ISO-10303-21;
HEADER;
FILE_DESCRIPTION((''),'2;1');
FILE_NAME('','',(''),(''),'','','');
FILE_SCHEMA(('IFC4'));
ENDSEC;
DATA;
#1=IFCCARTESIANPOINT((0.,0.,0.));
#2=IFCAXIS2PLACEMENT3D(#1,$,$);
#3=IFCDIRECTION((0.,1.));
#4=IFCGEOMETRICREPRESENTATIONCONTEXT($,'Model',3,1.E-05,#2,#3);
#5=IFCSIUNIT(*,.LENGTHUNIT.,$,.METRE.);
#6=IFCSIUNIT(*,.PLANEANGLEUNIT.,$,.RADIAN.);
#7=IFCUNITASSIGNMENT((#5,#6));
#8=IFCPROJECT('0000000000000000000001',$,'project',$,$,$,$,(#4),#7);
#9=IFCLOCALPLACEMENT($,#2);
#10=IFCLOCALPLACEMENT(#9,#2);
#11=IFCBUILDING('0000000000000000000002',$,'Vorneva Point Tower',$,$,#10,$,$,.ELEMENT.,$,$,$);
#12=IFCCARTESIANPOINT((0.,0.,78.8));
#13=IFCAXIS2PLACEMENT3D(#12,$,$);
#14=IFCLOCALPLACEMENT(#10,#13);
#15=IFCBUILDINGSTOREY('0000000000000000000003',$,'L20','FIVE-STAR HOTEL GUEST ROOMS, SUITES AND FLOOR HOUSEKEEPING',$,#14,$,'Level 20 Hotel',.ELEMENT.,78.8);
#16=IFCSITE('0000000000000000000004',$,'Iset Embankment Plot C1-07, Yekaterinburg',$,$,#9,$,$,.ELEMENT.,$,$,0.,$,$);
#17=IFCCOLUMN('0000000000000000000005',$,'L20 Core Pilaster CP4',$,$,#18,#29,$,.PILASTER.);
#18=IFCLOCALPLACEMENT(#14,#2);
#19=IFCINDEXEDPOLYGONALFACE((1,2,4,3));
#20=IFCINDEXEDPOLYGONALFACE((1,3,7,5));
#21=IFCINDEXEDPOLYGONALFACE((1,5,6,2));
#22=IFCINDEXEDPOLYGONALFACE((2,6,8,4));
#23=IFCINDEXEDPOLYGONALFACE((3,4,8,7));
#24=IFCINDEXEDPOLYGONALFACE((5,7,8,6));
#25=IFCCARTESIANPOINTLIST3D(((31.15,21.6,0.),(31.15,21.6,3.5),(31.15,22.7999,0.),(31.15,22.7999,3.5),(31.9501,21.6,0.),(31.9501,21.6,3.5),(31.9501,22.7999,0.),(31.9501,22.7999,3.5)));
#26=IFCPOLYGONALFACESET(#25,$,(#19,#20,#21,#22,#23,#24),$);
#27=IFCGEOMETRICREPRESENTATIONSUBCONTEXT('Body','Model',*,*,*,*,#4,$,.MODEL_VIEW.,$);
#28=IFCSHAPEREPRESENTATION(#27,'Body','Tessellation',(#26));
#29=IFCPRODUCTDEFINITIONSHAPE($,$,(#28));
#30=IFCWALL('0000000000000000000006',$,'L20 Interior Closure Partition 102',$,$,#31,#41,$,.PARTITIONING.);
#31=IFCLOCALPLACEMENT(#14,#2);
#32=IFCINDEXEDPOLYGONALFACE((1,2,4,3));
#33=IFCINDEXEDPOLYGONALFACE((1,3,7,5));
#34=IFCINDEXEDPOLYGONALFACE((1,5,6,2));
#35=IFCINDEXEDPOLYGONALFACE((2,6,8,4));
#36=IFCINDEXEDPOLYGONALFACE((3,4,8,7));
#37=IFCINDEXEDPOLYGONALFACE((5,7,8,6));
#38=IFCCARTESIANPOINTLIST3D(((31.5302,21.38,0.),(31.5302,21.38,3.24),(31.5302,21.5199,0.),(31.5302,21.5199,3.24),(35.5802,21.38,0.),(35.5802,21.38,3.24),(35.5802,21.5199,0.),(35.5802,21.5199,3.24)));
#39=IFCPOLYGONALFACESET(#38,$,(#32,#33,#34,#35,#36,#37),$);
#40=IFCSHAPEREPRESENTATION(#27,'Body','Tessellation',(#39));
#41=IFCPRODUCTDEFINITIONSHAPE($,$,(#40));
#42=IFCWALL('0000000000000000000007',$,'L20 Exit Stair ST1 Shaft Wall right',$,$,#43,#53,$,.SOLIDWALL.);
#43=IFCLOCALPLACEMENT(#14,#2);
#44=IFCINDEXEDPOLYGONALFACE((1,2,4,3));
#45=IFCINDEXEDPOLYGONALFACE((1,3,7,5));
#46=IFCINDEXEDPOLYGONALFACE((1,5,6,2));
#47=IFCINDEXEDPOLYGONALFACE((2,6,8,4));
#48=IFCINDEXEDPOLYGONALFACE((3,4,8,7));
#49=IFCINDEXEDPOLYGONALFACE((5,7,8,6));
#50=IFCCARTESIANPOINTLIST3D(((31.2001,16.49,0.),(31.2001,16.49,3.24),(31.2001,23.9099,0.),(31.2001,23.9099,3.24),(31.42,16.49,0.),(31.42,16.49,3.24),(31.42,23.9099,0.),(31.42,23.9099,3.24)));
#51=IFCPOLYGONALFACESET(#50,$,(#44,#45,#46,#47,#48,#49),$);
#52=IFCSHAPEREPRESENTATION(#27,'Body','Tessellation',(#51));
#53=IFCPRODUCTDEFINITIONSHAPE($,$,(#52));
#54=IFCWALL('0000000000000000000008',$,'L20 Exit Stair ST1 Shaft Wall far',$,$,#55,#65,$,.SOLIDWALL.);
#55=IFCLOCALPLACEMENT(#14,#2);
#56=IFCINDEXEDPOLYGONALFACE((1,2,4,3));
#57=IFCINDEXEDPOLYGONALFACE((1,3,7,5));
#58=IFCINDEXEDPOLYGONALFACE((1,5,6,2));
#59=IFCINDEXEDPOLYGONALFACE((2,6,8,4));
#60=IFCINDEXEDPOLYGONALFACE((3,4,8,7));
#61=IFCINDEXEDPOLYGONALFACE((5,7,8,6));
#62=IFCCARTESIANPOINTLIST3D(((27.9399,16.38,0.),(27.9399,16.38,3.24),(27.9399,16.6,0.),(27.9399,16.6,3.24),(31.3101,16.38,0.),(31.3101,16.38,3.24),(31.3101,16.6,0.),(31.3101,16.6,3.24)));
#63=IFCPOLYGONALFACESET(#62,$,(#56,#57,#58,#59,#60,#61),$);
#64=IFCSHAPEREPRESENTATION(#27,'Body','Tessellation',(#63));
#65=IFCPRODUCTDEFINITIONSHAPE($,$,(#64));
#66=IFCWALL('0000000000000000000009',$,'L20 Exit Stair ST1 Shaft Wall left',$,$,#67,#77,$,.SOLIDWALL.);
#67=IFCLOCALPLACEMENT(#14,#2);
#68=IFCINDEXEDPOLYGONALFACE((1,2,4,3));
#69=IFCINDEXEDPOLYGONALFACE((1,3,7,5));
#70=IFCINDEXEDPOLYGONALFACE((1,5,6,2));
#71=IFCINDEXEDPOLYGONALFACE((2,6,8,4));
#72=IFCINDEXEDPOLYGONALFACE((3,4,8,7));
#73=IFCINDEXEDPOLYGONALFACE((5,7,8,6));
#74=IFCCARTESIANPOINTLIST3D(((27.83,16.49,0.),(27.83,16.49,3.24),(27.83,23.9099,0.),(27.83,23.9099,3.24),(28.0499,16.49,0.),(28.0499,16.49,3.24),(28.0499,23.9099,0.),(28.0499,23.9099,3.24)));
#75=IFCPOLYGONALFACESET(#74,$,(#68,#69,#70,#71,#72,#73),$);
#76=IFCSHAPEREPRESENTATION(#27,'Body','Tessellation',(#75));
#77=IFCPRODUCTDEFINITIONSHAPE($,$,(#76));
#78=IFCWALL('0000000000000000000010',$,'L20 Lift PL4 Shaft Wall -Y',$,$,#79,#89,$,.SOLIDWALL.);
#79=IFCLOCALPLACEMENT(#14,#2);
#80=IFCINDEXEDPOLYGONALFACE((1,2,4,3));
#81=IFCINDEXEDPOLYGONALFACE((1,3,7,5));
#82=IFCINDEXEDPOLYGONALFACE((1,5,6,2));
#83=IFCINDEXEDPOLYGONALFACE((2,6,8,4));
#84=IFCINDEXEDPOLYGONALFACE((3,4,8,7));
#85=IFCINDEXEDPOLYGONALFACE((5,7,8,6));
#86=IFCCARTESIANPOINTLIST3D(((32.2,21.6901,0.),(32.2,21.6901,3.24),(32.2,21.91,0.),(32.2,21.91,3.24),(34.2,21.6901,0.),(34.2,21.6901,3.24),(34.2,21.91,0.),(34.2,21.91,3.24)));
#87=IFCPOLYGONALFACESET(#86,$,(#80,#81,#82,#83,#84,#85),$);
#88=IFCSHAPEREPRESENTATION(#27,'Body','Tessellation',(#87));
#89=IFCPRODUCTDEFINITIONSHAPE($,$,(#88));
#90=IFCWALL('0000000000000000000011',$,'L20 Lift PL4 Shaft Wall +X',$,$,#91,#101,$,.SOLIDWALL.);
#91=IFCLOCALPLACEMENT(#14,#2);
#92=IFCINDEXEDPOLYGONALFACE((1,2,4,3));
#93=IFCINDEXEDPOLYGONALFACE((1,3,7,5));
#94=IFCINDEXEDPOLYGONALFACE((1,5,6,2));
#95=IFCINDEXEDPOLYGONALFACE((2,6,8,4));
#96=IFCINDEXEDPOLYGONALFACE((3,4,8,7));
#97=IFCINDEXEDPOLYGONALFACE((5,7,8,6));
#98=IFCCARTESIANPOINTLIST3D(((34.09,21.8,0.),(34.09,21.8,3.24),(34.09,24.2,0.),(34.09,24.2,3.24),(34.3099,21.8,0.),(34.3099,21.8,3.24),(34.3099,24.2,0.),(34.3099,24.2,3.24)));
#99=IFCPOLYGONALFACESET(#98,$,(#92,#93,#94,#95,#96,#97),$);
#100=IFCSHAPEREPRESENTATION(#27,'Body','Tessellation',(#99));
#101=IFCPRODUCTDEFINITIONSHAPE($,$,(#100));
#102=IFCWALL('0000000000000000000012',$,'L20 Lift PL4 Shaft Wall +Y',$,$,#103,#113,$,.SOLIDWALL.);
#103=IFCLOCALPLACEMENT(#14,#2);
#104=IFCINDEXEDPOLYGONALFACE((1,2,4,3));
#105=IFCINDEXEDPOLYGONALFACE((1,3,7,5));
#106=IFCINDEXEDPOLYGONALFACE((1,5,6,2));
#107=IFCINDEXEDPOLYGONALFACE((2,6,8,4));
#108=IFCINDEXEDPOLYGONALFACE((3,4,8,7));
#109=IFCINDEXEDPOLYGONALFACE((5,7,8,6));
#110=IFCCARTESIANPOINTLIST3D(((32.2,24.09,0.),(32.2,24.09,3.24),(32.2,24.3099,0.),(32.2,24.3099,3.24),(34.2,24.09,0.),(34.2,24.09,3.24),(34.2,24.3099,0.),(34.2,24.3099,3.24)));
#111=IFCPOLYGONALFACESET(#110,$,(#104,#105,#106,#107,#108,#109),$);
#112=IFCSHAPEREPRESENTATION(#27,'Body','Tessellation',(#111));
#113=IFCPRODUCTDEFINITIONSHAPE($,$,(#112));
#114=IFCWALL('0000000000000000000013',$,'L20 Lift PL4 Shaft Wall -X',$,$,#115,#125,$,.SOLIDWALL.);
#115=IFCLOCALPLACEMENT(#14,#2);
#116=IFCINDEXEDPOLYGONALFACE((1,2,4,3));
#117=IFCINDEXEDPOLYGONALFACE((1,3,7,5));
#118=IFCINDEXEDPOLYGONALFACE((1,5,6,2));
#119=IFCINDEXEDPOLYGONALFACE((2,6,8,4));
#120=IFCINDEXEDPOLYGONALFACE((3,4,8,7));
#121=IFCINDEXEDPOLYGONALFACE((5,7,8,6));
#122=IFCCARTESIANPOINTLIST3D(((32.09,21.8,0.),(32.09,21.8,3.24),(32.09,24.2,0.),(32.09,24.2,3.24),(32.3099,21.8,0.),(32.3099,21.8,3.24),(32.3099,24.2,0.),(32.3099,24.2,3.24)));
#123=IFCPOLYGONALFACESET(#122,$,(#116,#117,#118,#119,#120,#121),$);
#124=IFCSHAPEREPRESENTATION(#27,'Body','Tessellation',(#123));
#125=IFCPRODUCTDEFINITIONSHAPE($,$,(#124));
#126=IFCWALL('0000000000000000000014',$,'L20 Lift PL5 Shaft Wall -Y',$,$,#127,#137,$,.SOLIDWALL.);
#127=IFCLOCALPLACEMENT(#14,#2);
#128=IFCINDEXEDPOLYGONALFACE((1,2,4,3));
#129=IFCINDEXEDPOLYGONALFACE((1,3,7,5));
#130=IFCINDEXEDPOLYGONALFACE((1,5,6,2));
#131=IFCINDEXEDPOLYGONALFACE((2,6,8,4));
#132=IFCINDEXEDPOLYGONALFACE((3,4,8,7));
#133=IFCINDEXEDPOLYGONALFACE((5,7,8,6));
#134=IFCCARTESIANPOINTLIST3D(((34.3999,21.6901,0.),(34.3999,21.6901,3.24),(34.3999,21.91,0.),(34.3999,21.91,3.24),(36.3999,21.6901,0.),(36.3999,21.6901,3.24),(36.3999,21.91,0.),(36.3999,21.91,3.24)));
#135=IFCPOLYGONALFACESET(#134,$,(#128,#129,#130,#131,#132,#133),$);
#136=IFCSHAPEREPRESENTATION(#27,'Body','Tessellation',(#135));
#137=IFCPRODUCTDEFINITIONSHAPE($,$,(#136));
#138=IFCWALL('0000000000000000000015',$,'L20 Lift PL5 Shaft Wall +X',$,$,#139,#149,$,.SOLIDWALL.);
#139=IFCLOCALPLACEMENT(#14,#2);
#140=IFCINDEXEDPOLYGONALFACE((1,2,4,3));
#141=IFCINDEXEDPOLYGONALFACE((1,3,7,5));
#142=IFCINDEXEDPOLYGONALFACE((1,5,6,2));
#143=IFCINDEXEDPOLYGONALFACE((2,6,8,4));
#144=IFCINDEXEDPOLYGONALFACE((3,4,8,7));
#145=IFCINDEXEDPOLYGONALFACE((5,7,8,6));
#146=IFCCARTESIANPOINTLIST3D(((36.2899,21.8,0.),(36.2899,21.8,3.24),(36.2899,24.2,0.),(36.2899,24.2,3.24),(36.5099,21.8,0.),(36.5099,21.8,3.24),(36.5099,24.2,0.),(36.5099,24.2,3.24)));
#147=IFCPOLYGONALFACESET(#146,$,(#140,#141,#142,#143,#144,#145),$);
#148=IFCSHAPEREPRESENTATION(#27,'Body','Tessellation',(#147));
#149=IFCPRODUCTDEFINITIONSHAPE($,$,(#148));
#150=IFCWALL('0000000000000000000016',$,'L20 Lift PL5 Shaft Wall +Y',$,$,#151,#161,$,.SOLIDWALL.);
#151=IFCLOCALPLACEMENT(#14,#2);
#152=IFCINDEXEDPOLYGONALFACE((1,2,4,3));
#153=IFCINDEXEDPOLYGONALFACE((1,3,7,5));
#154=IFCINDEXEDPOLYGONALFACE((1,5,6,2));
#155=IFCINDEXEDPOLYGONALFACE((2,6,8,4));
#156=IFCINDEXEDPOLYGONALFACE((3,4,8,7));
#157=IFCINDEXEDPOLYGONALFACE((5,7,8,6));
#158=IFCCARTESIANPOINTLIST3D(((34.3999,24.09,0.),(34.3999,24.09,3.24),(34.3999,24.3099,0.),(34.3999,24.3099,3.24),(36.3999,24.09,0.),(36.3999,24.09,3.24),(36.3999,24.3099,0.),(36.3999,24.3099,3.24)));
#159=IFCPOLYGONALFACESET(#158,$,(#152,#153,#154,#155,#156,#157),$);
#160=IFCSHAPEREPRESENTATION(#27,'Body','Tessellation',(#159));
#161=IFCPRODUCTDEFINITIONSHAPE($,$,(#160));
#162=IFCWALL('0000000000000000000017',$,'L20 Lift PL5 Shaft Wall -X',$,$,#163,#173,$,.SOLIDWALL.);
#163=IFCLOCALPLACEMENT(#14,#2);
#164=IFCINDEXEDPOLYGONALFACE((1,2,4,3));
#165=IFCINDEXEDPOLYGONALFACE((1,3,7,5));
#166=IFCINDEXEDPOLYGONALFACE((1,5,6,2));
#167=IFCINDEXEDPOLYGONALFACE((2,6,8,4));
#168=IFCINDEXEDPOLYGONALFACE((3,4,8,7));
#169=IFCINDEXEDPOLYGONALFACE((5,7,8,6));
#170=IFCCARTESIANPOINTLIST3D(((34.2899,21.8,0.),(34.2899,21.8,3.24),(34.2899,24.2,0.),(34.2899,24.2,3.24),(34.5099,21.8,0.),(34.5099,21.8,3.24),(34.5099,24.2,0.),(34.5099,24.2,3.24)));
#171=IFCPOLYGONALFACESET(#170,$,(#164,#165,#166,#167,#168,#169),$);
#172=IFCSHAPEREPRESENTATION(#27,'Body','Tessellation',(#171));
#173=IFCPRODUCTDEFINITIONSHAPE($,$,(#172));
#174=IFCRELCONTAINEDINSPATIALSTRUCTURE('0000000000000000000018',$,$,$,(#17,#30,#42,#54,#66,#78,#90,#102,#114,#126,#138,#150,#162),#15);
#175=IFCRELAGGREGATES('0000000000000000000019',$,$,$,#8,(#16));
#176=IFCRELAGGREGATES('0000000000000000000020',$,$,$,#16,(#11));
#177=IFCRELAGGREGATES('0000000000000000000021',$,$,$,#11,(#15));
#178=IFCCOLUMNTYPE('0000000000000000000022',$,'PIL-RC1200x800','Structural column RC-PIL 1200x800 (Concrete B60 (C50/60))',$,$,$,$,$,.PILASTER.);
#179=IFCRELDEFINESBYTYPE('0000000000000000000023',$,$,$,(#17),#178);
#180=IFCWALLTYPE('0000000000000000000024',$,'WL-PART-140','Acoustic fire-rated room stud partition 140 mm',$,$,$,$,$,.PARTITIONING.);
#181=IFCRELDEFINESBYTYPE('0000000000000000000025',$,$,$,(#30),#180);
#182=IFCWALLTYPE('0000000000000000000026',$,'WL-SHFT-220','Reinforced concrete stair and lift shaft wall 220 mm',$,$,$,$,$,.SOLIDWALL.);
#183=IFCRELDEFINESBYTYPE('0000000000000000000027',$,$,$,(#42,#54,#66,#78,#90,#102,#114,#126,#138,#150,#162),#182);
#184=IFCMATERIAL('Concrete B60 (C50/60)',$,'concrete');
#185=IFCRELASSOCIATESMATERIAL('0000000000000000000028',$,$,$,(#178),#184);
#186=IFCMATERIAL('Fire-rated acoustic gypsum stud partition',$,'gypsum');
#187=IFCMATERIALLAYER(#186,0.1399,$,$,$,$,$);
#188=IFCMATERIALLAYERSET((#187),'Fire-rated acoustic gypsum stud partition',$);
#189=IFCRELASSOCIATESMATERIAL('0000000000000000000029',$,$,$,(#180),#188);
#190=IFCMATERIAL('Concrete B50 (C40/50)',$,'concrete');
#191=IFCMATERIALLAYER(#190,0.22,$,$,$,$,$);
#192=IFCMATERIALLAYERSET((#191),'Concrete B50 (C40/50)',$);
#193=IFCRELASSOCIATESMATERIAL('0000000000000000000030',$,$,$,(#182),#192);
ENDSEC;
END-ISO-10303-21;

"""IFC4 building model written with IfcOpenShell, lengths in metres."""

from ifc_helpers import new_model, si_unit, direction, frame, frame_2d, origin, origin_2d, place, context, subcontext, project, spatial, rectangle, extrude, material, layer, layer_set, material_profile, profile_set, type_object, element, save


model = new_model("IFC4")

# Units and contexts
model_context = context("Model", 3, precision=1e-05, world=origin(), true_north=direction((0.0, 1.0)))
body_context = subcontext(model_context, "Body", "Model", "MODEL_VIEW")
ifc_project = project(units=[si_unit("LENGTHUNIT", "METRE"), si_unit("PLANEANGLEUNIT", "RADIAN")], contexts=[model_context])

# Site, building, storey
site_placement = place(None, origin())
site = spatial("IfcSite", under=ifc_project, at=site_placement, Name="Iset Embankment Plot C1-07, Yekaterinburg", CompositionType="ELEMENT", RefElevation=0.0)
building_placement = place(site_placement, origin())
building = spatial("IfcBuilding", under=site, at=building_placement, Name="Vorneva Point Tower", CompositionType="ELEMENT")
storey_placement = place(building_placement, frame((0.0, 0.0, 78.8)))
storey = spatial("IfcBuildingStorey", under=building, at=storey_placement, Name="L20", Description="FIVE-STAR HOTEL GUEST ROOMS, SUITES AND FLOOR HOUSEKEEPING", LongName="Level 20 Hotel", CompositionType="ELEMENT", Elevation=78.8)

# Column
ifc_material_1 = material(Name="Concrete B60 (C50/60)", Category="concrete")
ifc_material_profile = material_profile(ifc_material_1, rectangle(XDim=0.8, YDim=1.2, at=origin_2d()), Name="RC-PIL 1200x800")
ifc_profile_set = profile_set([ifc_material_profile], Name="Concrete B60 (C50/60)")
column_type = type_object("IfcColumnType", Name="PIL-RC1200x800", Description="Structural column RC-PIL 1200x800 (Concrete B60 (C50/60))", PredefinedType="PILASTER", material=ifc_profile_set)
column_placement = place(storey_placement, frame((31.55, 22.2, 0.0), z_axis=(0.0, 0.0, 1.0), x_axis=(1.0, 0.0, 0.0)))
element("IfcColumn", 1, at=column_placement, inside=storey, type_object=column_type, Name="L20 Core Pilaster CP4", PredefinedType="PILASTER", context=body_context, shape_type="SweptSolid", body=[
    extrude(rectangle(XDim=0.8, YDim=1.2, at=origin_2d()), origin(), (0.0, 0.0, 1.0), 3.5),
])

# Wall
ifc_material_2 = material(Name="Fire-rated acoustic gypsum stud partition", Category="gypsum")
ifc_layer_1 = layer(ifc_material_2, 0.1399)
ifc_layer_set_1 = layer_set([ifc_layer_1], Name="Fire-rated acoustic gypsum stud partition")
wall_type_1 = type_object("IfcWallType", Name="WL-PART-140", Description="Acoustic fire-rated room stud partition 140 mm", PredefinedType="PARTITIONING", material=ifc_layer_set_1)
wall_1_placement = place(storey_placement, frame((35.5801, 21.45, 0.0), z_axis=(0.0, 0.0, 1.0), x_axis=(-1.0, 0.0, 0.0)))
element("IfcWall", 2, at=wall_1_placement, inside=storey, type_object=wall_type_1, Name="L20 Interior Closure Partition 102", PredefinedType="PARTITIONING", context=body_context, shape_type="SweptSolid", body=[
    extrude(rectangle(XDim=4.05, YDim=0.1399, at=frame_2d((2.0249, 0.0))), origin(), (0.0, 0.0, 1.0), 3.24),
])

# Shared definitions
ifc_material_3 = material(Name="Concrete B50 (C40/50)", Category="concrete")
ifc_layer_2 = layer(ifc_material_3, 0.22)
ifc_layer_set_2 = layer_set([ifc_layer_2], Name="Concrete B50 (C40/50)")
wall_type_2 = type_object("IfcWallType", Name="WL-SHFT-220", Description="Reinforced concrete stair and lift shaft wall 220 mm", PredefinedType="SOLIDWALL", material=ifc_layer_set_2)

# Walls
wall_2_placement = place(storey_placement, frame((31.3101, 23.9099, 0.0), z_axis=(0.0, 0.0, 1.0), x_axis=(0.0, -1.0, 0.0)))
element("IfcWall", 3, at=wall_2_placement, inside=storey, type_object=wall_type_2, Name="L20 Exit Stair ST1 Shaft Wall right", PredefinedType="SOLIDWALL", context=body_context, shape_type="SweptSolid", body=[
    extrude(rectangle(XDim=7.4199, YDim=0.22, at=frame_2d((3.71, 0.0))), origin(), (0.0, 0.0, 1.0), 3.24),
])
wall_3_placement = place(storey_placement, frame((31.3101, 16.49, 0.0), z_axis=(0.0, 0.0, 1.0), x_axis=(-1.0, 0.0, 0.0)))
element("IfcWall", 4, at=wall_3_placement, inside=storey, type_object=wall_type_2, Name="L20 Exit Stair ST1 Shaft Wall far", PredefinedType="SOLIDWALL", context=body_context, shape_type="SweptSolid", body=[
    extrude(rectangle(XDim=3.3701, YDim=0.22, at=frame_2d((1.6851, 0.0))), origin(), (0.0, 0.0, 1.0), 3.24),
])
wall_4_placement = place(storey_placement, frame((27.9399, 16.49, 0.0), z_axis=(0.0, 0.0, 1.0), x_axis=(0.0, 1.0, 0.0)))
element("IfcWall", 5, at=wall_4_placement, inside=storey, type_object=wall_type_2, Name="L20 Exit Stair ST1 Shaft Wall left", PredefinedType="SOLIDWALL", context=body_context, shape_type="SweptSolid", body=[
    extrude(rectangle(XDim=7.4199, YDim=0.22, at=frame_2d((3.71, 0.0))), origin(), (0.0, 0.0, 1.0), 3.24),
])
wall_5_placement = place(storey_placement, frame((32.2, 21.8, 0.0), z_axis=(0.0, 0.0, 1.0), x_axis=(1.0, 0.0, 0.0)))
element("IfcWall", 6, at=wall_5_placement, inside=storey, type_object=wall_type_2, Name="L20 Lift PL4 Shaft Wall -Y", PredefinedType="SOLIDWALL", context=body_context, shape_type="SweptSolid", body=[
    extrude(rectangle(XDim=2.0, YDim=0.22, at=frame_2d((1.0, 0.0))), origin(), (0.0, 0.0, 1.0), 3.24),
])
wall_6_placement = place(storey_placement, frame((34.2, 21.8, 0.0), z_axis=(0.0, 0.0, 1.0), x_axis=(0.0, 1.0, 0.0)))
element("IfcWall", 7, at=wall_6_placement, inside=storey, type_object=wall_type_2, Name="L20 Lift PL4 Shaft Wall +X", PredefinedType="SOLIDWALL", context=body_context, shape_type="SweptSolid", body=[
    extrude(rectangle(XDim=2.3999, YDim=0.22, at=frame_2d((1.2, 0.0))), origin(), (0.0, 0.0, 1.0), 3.24),
])
wall_7_placement = place(storey_placement, frame((34.2, 24.2, 0.0), z_axis=(0.0, 0.0, 1.0), x_axis=(-1.0, 0.0, 0.0)))
element("IfcWall", 8, at=wall_7_placement, inside=storey, type_object=wall_type_2, Name="L20 Lift PL4 Shaft Wall +Y", PredefinedType="SOLIDWALL", context=body_context, shape_type="SweptSolid", body=[
    extrude(rectangle(XDim=2.0, YDim=0.22, at=frame_2d((1.0, 0.0))), origin(), (0.0, 0.0, 1.0), 3.24),
])
wall_8_placement = place(storey_placement, frame((32.2, 24.2, 0.0), z_axis=(0.0, 0.0, 1.0), x_axis=(0.0, -1.0, 0.0)))
element("IfcWall", 9, at=wall_8_placement, inside=storey, type_object=wall_type_2, Name="L20 Lift PL4 Shaft Wall -X", PredefinedType="SOLIDWALL", context=body_context, shape_type="SweptSolid", body=[
    extrude(rectangle(XDim=2.3999, YDim=0.22, at=frame_2d((1.2, 0.0))), origin(), (0.0, 0.0, 1.0), 3.24),
])
wall_9_placement = place(storey_placement, frame((34.3999, 21.8, 0.0), z_axis=(0.0, 0.0, 1.0), x_axis=(1.0, 0.0, 0.0)))
element("IfcWall", 10, at=wall_9_placement, inside=storey, type_object=wall_type_2, Name="L20 Lift PL5 Shaft Wall -Y", PredefinedType="SOLIDWALL", context=body_context, shape_type="SweptSolid", body=[
    extrude(rectangle(XDim=2.0, YDim=0.22, at=frame_2d((1.0, 0.0))), origin(), (0.0, 0.0, 1.0), 3.24),
])
wall_10_placement = place(storey_placement, frame((36.3999, 21.8, 0.0), z_axis=(0.0, 0.0, 1.0), x_axis=(0.0, 1.0, 0.0)))
element("IfcWall", 11, at=wall_10_placement, inside=storey, type_object=wall_type_2, Name="L20 Lift PL5 Shaft Wall +X", PredefinedType="SOLIDWALL", context=body_context, shape_type="SweptSolid", body=[
    extrude(rectangle(XDim=2.3999, YDim=0.22, at=frame_2d((1.2, 0.0))), origin(), (0.0, 0.0, 1.0), 3.24),
])
wall_11_placement = place(storey_placement, frame((36.3999, 24.2, 0.0), z_axis=(0.0, 0.0, 1.0), x_axis=(-1.0, 0.0, 0.0)))
element("IfcWall", 12, at=wall_11_placement, inside=storey, type_object=wall_type_2, Name="L20 Lift PL5 Shaft Wall +Y", PredefinedType="SOLIDWALL", context=body_context, shape_type="SweptSolid", body=[
    extrude(rectangle(XDim=2.0, YDim=0.22, at=frame_2d((1.0, 0.0))), origin(), (0.0, 0.0, 1.0), 3.24),
])
wall_12_placement = place(storey_placement, frame((34.3999, 24.2, 0.0), z_axis=(0.0, 0.0, 1.0), x_axis=(0.0, -1.0, 0.0)))
element("IfcWall", 13, at=wall_12_placement, inside=storey, type_object=wall_type_2, Name="L20 Lift PL5 Shaft Wall -X", PredefinedType="SOLIDWALL", context=body_context, shape_type="SweptSolid", body=[
    extrude(rectangle(XDim=2.3999, YDim=0.22, at=frame_2d((1.2, 0.0))), origin(), (0.0, 0.0, 1.0), 3.24),
])

save(model, "model.ifc")
